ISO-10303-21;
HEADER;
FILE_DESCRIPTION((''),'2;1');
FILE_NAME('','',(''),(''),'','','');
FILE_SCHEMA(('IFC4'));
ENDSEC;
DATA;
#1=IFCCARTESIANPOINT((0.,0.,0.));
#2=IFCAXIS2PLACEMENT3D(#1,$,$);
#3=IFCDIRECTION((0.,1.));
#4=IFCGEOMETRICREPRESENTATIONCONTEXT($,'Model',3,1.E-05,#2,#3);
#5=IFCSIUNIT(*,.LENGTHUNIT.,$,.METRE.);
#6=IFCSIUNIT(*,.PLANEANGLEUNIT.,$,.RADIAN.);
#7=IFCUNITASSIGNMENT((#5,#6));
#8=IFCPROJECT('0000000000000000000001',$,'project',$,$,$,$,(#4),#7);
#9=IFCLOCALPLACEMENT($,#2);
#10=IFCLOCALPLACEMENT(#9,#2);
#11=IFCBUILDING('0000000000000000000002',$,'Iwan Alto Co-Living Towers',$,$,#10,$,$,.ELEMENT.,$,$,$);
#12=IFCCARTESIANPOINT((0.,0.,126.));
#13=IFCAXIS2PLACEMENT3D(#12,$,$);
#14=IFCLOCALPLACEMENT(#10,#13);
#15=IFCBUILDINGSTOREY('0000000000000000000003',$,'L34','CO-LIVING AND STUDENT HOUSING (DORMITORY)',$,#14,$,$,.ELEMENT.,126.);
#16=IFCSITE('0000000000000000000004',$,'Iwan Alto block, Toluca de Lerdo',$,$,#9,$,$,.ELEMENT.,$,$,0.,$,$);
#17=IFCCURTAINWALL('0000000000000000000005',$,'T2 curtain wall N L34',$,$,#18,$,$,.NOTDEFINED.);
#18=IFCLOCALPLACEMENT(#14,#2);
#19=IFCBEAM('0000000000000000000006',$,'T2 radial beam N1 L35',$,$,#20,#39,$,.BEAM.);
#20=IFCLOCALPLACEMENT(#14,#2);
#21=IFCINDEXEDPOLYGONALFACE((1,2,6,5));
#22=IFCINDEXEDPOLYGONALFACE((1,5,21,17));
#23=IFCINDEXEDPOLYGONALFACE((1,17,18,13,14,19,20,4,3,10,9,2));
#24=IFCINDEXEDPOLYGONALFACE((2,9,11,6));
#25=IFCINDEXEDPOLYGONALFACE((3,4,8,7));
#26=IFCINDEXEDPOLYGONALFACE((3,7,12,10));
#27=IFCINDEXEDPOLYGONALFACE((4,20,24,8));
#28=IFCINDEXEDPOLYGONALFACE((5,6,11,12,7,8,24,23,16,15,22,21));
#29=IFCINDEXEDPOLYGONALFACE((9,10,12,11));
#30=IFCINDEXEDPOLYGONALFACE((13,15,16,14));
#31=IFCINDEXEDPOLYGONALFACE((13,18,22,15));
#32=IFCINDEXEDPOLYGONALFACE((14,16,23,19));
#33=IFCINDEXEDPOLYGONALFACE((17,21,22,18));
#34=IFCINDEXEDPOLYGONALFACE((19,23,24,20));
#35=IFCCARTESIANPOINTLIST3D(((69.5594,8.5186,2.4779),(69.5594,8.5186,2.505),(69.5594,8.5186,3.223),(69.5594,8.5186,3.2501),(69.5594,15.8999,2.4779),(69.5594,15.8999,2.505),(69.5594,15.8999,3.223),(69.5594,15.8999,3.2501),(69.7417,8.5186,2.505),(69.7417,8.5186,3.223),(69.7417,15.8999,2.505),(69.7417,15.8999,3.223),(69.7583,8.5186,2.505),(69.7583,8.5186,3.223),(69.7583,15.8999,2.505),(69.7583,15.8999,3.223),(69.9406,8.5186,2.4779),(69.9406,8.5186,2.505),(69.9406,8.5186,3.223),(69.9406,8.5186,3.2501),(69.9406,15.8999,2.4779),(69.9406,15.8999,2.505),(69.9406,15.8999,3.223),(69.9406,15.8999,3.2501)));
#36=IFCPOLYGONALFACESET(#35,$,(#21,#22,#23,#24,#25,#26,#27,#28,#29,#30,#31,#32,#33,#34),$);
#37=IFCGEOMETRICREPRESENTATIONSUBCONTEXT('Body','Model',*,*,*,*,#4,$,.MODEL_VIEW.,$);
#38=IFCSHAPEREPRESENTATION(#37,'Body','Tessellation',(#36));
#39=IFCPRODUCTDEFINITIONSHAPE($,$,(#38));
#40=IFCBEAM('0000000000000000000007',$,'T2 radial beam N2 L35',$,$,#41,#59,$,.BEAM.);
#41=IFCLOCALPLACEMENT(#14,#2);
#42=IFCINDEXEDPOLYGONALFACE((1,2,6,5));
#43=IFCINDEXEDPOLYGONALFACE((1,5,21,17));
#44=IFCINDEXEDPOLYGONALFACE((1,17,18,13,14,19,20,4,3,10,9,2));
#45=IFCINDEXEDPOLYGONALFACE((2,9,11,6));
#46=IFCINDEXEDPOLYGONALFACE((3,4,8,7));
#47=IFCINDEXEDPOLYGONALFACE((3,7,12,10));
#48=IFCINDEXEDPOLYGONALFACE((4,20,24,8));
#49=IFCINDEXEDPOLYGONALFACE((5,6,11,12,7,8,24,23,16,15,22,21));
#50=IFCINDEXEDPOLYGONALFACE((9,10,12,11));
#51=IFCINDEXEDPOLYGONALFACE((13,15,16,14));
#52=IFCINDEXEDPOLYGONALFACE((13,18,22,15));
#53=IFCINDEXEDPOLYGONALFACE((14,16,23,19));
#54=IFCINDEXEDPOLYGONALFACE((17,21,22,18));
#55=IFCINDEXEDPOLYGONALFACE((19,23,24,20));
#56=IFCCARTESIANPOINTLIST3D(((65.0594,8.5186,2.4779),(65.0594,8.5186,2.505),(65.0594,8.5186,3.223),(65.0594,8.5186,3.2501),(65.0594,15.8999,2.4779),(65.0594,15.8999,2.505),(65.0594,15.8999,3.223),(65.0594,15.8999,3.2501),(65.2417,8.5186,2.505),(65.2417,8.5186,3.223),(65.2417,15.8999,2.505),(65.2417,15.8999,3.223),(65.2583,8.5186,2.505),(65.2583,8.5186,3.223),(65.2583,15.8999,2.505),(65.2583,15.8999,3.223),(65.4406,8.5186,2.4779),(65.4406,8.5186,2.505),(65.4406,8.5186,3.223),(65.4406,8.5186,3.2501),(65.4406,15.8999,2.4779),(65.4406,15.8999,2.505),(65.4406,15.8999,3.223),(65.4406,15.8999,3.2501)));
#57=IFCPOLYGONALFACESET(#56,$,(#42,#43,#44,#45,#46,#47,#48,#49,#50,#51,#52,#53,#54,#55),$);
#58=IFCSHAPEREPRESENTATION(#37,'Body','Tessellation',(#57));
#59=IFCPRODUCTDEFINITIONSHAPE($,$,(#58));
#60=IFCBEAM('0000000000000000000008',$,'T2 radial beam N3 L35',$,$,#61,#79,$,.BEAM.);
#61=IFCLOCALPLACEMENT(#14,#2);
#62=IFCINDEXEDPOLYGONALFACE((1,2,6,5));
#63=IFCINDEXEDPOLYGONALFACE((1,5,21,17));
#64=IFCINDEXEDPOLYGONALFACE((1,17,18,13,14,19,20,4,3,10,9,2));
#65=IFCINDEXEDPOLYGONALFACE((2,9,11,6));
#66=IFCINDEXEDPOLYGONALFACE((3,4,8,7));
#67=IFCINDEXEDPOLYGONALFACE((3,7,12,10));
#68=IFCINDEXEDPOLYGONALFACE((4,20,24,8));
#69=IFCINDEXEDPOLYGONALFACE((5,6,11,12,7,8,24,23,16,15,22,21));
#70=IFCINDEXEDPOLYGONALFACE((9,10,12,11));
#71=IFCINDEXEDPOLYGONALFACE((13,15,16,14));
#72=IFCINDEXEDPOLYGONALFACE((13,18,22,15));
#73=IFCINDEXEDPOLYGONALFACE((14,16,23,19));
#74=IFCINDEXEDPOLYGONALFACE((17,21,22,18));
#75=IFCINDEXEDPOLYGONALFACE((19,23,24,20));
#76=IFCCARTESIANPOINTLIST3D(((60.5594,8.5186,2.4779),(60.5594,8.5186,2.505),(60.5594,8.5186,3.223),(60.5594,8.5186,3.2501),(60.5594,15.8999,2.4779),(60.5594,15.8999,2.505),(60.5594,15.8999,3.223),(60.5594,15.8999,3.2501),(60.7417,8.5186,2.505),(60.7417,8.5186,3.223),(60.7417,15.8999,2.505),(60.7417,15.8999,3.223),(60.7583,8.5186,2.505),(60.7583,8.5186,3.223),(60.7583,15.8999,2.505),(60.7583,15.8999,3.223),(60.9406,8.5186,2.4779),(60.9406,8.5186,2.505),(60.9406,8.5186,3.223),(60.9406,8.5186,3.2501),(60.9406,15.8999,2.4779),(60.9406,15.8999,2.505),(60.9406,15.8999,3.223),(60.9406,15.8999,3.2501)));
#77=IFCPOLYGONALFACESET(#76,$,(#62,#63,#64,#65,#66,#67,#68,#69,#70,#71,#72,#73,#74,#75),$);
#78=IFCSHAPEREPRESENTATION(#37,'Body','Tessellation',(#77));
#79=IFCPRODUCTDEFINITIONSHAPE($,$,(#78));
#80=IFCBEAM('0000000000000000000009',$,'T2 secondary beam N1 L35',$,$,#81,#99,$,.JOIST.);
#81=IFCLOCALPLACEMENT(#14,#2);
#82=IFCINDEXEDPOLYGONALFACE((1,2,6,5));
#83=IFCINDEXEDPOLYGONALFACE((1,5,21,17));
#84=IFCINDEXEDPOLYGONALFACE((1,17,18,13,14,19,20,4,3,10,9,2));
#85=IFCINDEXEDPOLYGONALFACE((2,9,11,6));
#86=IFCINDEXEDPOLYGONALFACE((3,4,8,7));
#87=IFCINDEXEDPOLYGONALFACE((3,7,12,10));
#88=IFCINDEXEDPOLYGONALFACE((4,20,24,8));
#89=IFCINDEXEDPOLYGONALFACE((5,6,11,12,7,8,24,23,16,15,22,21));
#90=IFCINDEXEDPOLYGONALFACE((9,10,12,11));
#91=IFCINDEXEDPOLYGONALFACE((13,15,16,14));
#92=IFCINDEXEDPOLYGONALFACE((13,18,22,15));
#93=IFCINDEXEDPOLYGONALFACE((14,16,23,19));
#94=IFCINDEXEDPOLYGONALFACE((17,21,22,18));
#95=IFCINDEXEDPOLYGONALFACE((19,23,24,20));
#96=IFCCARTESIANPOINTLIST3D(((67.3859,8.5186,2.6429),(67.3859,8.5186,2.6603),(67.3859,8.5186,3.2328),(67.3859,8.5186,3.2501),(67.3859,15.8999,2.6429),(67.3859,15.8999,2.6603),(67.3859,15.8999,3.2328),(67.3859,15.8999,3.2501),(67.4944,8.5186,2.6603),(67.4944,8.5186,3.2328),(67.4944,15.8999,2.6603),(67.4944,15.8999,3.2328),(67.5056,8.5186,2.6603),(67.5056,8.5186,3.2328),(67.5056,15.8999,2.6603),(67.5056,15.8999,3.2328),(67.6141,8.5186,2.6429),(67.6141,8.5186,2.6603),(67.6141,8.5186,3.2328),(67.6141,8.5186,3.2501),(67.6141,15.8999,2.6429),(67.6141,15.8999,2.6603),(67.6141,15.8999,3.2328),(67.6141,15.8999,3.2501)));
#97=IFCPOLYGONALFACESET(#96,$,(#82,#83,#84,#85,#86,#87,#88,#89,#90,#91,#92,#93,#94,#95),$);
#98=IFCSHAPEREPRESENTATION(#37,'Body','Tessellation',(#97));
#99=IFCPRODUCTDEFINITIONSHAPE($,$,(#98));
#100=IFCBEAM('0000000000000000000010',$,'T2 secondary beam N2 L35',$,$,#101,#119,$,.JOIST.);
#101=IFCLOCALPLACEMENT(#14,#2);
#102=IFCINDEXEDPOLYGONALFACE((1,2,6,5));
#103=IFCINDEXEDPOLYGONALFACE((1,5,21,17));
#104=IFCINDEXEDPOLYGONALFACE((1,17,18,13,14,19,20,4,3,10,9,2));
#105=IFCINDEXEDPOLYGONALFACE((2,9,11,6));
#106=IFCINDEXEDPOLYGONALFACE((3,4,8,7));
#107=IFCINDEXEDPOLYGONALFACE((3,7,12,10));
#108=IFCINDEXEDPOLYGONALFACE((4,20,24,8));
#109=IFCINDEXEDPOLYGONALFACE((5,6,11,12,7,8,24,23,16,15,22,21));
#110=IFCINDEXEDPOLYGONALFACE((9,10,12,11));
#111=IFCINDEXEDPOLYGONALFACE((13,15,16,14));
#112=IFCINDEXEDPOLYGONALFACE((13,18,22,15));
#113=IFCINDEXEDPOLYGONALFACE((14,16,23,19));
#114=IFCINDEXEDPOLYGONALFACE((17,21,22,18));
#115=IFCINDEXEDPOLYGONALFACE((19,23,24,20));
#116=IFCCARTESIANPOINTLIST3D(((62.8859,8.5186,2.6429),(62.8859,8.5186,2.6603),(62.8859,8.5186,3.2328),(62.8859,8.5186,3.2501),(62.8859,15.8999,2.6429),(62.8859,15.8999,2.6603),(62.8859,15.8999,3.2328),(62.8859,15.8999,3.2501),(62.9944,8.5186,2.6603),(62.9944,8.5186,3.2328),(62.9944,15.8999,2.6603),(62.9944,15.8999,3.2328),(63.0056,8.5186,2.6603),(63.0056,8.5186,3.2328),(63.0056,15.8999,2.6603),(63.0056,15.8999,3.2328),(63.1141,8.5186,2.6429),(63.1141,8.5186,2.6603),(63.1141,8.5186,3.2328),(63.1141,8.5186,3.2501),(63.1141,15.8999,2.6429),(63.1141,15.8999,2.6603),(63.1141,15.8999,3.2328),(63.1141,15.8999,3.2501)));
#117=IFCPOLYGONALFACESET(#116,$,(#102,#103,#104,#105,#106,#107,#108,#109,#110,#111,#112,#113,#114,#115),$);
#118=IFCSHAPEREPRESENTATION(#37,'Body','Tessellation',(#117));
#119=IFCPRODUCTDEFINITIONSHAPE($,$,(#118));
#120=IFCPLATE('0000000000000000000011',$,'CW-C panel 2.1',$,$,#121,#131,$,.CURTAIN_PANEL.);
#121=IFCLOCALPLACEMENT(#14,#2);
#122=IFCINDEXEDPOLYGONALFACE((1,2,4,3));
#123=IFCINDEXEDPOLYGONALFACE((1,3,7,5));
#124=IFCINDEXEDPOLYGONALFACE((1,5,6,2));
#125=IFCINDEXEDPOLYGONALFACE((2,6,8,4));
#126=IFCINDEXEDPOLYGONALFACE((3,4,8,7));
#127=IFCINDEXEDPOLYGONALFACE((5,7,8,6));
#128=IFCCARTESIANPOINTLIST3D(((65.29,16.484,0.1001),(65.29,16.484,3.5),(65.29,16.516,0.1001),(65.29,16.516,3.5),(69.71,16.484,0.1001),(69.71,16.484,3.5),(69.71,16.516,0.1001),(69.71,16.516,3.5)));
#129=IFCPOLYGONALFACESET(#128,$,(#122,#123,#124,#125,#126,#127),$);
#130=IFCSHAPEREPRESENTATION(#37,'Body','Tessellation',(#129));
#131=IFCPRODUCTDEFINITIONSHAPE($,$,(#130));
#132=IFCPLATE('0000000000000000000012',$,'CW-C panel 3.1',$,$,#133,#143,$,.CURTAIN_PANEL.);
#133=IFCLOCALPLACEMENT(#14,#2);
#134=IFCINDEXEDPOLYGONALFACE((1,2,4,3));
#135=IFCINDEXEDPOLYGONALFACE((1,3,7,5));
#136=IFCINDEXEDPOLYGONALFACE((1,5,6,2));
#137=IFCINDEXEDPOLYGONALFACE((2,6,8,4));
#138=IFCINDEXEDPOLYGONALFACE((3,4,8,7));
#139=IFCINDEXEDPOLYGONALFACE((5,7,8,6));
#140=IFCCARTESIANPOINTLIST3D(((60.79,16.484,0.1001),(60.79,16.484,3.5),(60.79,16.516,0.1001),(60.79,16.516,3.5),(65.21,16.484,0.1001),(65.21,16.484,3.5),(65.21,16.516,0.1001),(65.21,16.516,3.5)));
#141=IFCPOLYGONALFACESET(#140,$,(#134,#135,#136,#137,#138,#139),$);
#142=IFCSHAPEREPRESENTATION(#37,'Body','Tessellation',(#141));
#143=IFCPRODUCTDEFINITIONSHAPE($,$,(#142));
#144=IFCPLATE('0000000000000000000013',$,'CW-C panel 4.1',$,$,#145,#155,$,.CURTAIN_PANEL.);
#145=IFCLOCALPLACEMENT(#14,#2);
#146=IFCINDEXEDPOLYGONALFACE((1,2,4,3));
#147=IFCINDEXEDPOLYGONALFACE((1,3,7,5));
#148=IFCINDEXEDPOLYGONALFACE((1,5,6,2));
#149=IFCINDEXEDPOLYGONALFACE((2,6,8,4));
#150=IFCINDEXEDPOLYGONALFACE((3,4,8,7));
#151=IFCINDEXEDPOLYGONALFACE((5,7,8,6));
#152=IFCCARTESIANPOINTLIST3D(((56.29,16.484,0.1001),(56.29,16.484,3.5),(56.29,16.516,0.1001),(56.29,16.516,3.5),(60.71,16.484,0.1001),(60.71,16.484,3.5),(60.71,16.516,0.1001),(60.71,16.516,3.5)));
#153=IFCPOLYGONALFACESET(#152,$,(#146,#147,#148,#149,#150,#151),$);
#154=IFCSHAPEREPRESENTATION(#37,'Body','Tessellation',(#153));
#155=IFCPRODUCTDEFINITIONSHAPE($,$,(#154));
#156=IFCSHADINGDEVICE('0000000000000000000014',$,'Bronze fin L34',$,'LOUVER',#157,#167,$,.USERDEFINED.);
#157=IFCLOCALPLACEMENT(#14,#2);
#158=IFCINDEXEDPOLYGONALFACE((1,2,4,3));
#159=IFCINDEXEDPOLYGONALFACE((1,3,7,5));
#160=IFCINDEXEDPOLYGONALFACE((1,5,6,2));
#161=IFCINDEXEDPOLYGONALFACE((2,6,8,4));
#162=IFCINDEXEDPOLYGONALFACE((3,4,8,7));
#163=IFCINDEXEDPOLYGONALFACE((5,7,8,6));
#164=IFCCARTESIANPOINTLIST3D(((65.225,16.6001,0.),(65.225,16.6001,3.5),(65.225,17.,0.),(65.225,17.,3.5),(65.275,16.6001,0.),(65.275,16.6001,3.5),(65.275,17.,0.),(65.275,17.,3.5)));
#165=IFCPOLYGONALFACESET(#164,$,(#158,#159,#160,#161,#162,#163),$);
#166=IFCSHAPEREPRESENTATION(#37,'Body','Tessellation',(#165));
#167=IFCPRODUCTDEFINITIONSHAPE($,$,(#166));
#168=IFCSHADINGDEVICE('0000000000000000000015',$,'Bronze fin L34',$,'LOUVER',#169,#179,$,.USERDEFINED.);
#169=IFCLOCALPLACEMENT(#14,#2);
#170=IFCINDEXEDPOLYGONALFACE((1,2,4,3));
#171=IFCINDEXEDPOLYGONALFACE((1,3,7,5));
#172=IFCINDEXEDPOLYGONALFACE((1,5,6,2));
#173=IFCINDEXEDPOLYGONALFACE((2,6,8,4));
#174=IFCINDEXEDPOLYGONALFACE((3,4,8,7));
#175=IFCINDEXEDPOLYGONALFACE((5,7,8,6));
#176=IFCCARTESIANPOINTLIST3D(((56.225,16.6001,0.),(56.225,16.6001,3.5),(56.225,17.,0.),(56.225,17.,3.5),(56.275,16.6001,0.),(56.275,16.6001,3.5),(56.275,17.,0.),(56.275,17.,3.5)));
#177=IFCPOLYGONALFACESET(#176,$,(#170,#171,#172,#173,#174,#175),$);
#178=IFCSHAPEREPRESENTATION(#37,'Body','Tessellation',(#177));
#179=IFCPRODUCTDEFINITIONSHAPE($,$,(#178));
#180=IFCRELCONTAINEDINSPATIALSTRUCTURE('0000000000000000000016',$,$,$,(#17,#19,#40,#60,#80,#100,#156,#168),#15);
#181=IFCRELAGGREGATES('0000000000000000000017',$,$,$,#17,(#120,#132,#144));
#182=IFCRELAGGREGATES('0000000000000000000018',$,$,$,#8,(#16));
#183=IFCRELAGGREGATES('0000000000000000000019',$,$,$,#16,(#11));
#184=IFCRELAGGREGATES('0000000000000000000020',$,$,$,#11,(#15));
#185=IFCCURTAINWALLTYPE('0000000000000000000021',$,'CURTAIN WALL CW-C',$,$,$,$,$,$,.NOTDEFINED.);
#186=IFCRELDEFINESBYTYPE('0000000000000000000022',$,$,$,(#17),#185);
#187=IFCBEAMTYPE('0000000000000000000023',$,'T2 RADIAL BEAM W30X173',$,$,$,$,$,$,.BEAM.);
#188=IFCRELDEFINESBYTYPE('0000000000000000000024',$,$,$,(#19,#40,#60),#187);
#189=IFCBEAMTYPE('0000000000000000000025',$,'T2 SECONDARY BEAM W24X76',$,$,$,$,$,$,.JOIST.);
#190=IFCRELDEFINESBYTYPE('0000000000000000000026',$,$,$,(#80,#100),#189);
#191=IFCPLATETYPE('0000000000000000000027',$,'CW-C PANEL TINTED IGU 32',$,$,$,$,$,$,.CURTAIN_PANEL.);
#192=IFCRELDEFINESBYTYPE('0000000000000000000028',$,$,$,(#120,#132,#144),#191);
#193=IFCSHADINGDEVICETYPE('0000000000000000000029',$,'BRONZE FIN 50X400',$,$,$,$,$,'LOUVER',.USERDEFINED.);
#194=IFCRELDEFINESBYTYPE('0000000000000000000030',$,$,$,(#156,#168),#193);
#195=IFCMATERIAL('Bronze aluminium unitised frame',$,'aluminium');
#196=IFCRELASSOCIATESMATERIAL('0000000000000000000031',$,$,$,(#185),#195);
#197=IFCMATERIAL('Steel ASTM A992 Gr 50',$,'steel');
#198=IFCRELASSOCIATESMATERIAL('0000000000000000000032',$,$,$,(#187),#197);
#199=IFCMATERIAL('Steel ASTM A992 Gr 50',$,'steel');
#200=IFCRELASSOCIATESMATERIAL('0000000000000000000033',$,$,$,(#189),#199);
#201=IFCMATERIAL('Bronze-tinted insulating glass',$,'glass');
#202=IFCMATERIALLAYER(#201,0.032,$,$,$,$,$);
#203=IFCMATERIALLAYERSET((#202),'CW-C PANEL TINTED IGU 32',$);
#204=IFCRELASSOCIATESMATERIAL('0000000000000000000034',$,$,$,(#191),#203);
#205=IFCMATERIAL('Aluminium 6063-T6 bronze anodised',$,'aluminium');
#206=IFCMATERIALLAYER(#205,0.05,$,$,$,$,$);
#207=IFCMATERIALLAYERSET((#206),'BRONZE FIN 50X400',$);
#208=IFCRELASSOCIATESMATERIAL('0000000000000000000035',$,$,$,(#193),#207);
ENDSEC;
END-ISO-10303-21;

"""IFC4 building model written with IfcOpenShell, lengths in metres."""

from ifc_helpers import new_model, si_unit, direction, frame, origin, origin_2d, place, context, subcontext, project, spatial, rectangle, i_section, extrude, material, layer, layer_set, material_profile, profile_set, type_object, element, aggregate, save


model = new_model("IFC4")

# Units and contexts
model_context = context("Model", 3, precision=1e-05, world=origin(), true_north=direction((0.0, 1.0)))
body_context = subcontext(model_context, "Body", "Model", "MODEL_VIEW")
ifc_project = project(units=[si_unit("LENGTHUNIT", "METRE"), si_unit("PLANEANGLEUNIT", "RADIAN")], contexts=[model_context])

# Site, building, storey
site_placement = place(None, origin())
site = spatial("IfcSite", under=ifc_project, at=site_placement, Name="Iwan Alto block, Toluca de Lerdo", CompositionType="ELEMENT", RefElevation=0.0)
building_placement = place(site_placement, origin())
building = spatial("IfcBuilding", under=site, at=building_placement, Name="Iwan Alto Co-Living Towers", CompositionType="ELEMENT")
storey_placement = place(building_placement, frame((0.0, 0.0, 126.0)))
storey = spatial("IfcBuildingStorey", under=building, at=storey_placement, Name="L34", Description="CO-LIVING AND STUDENT HOUSING (DORMITORY)", CompositionType="ELEMENT", Elevation=126.0)

# Curtain wall
ifc_material_1 = material(Name="Bronze aluminium unitised frame", Category="aluminium")
curtain_wall_type = type_object("IfcCurtainWallType", Name="CURTAIN WALL CW-C", PredefinedType="NOTDEFINED", material=ifc_material_1)
curtain_wall_placement = place(storey_placement, origin())
curtain_wall = element("IfcCurtainWall", 1, at=curtain_wall_placement, inside=storey, type_object=curtain_wall_type, Name="T2 curtain wall N L34", PredefinedType="NOTDEFINED")

# Beams
ifc_material_2 = material(Name="Steel ASTM A992 Gr 50", Category="steel")
ifc_material_profile_1 = material_profile(ifc_material_2, i_section(OverallWidth=0.3811, OverallDepth=0.7722, WebThickness=0.0166, FlangeThickness=0.0271, at=origin_2d()), Name="W30X173")
ifc_profile_set_1 = profile_set([ifc_material_profile_1], Name="Steel ASTM A992 Gr 50")
beam_type_1 = type_object("IfcBeamType", Name="T2 RADIAL BEAM W30X173", PredefinedType="BEAM", material=ifc_profile_set_1)
for number, where, z_axis, x_axis, name in (
    (2, (69.75, 15.8999, 2.864), (0.0, -1.0, 0.0), (1.0, 0.0, 0.0), "T2 radial beam N1 L35"),
    (3, (65.25, 15.8999, 2.864), (0.0, -1.0, 0.0), (1.0, 0.0, 0.0), "T2 radial beam N2 L35"),
    (4, (60.75, 15.8999, 2.864), (0.0, -1.0, 0.0), (1.0, 0.0, 0.0), "T2 radial beam N3 L35"),
):
    element("IfcBeam", number, at=place(storey_placement, frame(where, z_axis=z_axis, x_axis=x_axis)), inside=storey, type_object=beam_type_1, Name=name, PredefinedType="BEAM", context=body_context, shape_type="SweptSolid", body=[
        extrude(i_section(OverallWidth=0.3811, OverallDepth=0.7722, WebThickness=0.0166, FlangeThickness=0.0271, at=origin_2d()), origin(), (0.0, 0.0, 1.0), 7.3813),
    ])
ifc_material_3 = material(Name="Steel ASTM A992 Gr 50", Category="steel")
ifc_material_profile_2 = material_profile(ifc_material_3, i_section(OverallWidth=0.2283, OverallDepth=0.6072, WebThickness=0.0112, FlangeThickness=0.0173, at=origin_2d()), Name="W24X76")
ifc_profile_set_2 = profile_set([ifc_material_profile_2], Name="Steel ASTM A992 Gr 50")
beam_type_2 = type_object("IfcBeamType", Name="T2 SECONDARY BEAM W24X76", PredefinedType="JOIST", material=ifc_profile_set_2)
for number, where, z_axis, x_axis, name in (
    (5, (67.5, 15.8999, 2.9465), (0.0, -1.0, 0.0), (1.0, 0.0, 0.0), "T2 secondary beam N1 L35"),
    (6, (63.0, 15.8999, 2.9465), (0.0, -1.0, 0.0), (1.0, 0.0, 0.0), "T2 secondary beam N2 L35"),
):
    element("IfcBeam", number, at=place(storey_placement, frame(where, z_axis=z_axis, x_axis=x_axis)), inside=storey, type_object=beam_type_2, Name=name, PredefinedType="JOIST", context=body_context, shape_type="SweptSolid", body=[
        extrude(i_section(OverallWidth=0.2283, OverallDepth=0.6072, WebThickness=0.0112, FlangeThickness=0.0173, at=origin_2d()), origin(), (0.0, 0.0, 1.0), 7.3813),
    ])

# Plates
ifc_material_4 = material(Name="Bronze-tinted insulating glass", Category="glass")
ifc_layer_1 = layer(ifc_material_4, 0.032)
ifc_layer_set_1 = layer_set([ifc_layer_1], Name="CW-C PANEL TINTED IGU 32")
plate_type = type_object("IfcPlateType", Name="CW-C PANEL TINTED IGU 32", PredefinedType="CURTAIN_PANEL", material=ifc_layer_set_1)
plate_1_placement = place(storey_placement, frame((67.5, 16.5, 0.1001), z_axis=(0.0, 0.0, 1.0), x_axis=(-1.0, 0.0, 0.0)))
plate_1 = element("IfcPlate", 7, at=plate_1_placement, type_object=plate_type, Name="CW-C panel 2.1", PredefinedType="CURTAIN_PANEL", context=body_context, shape_type="SweptSolid", body=[
    extrude(rectangle(XDim=4.4199, YDim=0.032, at=origin_2d()), origin(), (0.0, 0.0, 1.0), 3.3999),
])
plate_2_placement = place(storey_placement, frame((63.0, 16.5, 0.1001), z_axis=(0.0, 0.0, 1.0), x_axis=(-1.0, 0.0, 0.0)))
plate_2 = element("IfcPlate", 8, at=plate_2_placement, type_object=plate_type, Name="CW-C panel 3.1", PredefinedType="CURTAIN_PANEL", context=body_context, shape_type="SweptSolid", body=[
    extrude(rectangle(XDim=4.4199, YDim=0.032, at=origin_2d()), origin(), (0.0, 0.0, 1.0), 3.3999),
])
plate_3_placement = place(storey_placement, frame((58.5, 16.5, 0.1001), z_axis=(0.0, 0.0, 1.0), x_axis=(-1.0, 0.0, 0.0)))
plate_3 = element("IfcPlate", 9, at=plate_3_placement, type_object=plate_type, Name="CW-C panel 4.1", PredefinedType="CURTAIN_PANEL", context=body_context, shape_type="SweptSolid", body=[
    extrude(rectangle(XDim=4.4199, YDim=0.032, at=origin_2d()), origin(), (0.0, 0.0, 1.0), 3.3999),
])
aggregate(curtain_wall, [plate_1, plate_2, plate_3])

# Shading devices
ifc_material_5 = material(Name="Aluminium 6063-T6 bronze anodised", Category="aluminium")
ifc_layer_2 = layer(ifc_material_5, 0.05)
ifc_layer_set_2 = layer_set([ifc_layer_2], Name="BRONZE FIN 50X400")
shading_device_type = type_object("IfcShadingDeviceType", Name="BRONZE FIN 50X400", ElementType="LOUVER", PredefinedType="USERDEFINED", material=ifc_layer_set_2)
for number, where, z_axis, x_axis, name in (
    (10, (65.25, 16.8, 0.0), (0.0, 0.0, 1.0), (-1.0, 0.0, 0.0), "Bronze fin L34"),
    (11, (56.25, 16.8, 0.0), (0.0, 0.0, 1.0), (-1.0, 0.0, 0.0), "Bronze fin L34"),
):
    element("IfcShadingDevice", number, at=place(storey_placement, frame(where, z_axis=z_axis, x_axis=x_axis)), inside=storey, type_object=shading_device_type, Name=name, ObjectType="LOUVER", PredefinedType="USERDEFINED", context=body_context, shape_type="SweptSolid", body=[
        extrude(rectangle(XDim=0.05, YDim=0.3999, at=origin_2d()), origin(), (0.0, 0.0, 1.0), 3.5),
    ])

save(model, "model.ifc")
